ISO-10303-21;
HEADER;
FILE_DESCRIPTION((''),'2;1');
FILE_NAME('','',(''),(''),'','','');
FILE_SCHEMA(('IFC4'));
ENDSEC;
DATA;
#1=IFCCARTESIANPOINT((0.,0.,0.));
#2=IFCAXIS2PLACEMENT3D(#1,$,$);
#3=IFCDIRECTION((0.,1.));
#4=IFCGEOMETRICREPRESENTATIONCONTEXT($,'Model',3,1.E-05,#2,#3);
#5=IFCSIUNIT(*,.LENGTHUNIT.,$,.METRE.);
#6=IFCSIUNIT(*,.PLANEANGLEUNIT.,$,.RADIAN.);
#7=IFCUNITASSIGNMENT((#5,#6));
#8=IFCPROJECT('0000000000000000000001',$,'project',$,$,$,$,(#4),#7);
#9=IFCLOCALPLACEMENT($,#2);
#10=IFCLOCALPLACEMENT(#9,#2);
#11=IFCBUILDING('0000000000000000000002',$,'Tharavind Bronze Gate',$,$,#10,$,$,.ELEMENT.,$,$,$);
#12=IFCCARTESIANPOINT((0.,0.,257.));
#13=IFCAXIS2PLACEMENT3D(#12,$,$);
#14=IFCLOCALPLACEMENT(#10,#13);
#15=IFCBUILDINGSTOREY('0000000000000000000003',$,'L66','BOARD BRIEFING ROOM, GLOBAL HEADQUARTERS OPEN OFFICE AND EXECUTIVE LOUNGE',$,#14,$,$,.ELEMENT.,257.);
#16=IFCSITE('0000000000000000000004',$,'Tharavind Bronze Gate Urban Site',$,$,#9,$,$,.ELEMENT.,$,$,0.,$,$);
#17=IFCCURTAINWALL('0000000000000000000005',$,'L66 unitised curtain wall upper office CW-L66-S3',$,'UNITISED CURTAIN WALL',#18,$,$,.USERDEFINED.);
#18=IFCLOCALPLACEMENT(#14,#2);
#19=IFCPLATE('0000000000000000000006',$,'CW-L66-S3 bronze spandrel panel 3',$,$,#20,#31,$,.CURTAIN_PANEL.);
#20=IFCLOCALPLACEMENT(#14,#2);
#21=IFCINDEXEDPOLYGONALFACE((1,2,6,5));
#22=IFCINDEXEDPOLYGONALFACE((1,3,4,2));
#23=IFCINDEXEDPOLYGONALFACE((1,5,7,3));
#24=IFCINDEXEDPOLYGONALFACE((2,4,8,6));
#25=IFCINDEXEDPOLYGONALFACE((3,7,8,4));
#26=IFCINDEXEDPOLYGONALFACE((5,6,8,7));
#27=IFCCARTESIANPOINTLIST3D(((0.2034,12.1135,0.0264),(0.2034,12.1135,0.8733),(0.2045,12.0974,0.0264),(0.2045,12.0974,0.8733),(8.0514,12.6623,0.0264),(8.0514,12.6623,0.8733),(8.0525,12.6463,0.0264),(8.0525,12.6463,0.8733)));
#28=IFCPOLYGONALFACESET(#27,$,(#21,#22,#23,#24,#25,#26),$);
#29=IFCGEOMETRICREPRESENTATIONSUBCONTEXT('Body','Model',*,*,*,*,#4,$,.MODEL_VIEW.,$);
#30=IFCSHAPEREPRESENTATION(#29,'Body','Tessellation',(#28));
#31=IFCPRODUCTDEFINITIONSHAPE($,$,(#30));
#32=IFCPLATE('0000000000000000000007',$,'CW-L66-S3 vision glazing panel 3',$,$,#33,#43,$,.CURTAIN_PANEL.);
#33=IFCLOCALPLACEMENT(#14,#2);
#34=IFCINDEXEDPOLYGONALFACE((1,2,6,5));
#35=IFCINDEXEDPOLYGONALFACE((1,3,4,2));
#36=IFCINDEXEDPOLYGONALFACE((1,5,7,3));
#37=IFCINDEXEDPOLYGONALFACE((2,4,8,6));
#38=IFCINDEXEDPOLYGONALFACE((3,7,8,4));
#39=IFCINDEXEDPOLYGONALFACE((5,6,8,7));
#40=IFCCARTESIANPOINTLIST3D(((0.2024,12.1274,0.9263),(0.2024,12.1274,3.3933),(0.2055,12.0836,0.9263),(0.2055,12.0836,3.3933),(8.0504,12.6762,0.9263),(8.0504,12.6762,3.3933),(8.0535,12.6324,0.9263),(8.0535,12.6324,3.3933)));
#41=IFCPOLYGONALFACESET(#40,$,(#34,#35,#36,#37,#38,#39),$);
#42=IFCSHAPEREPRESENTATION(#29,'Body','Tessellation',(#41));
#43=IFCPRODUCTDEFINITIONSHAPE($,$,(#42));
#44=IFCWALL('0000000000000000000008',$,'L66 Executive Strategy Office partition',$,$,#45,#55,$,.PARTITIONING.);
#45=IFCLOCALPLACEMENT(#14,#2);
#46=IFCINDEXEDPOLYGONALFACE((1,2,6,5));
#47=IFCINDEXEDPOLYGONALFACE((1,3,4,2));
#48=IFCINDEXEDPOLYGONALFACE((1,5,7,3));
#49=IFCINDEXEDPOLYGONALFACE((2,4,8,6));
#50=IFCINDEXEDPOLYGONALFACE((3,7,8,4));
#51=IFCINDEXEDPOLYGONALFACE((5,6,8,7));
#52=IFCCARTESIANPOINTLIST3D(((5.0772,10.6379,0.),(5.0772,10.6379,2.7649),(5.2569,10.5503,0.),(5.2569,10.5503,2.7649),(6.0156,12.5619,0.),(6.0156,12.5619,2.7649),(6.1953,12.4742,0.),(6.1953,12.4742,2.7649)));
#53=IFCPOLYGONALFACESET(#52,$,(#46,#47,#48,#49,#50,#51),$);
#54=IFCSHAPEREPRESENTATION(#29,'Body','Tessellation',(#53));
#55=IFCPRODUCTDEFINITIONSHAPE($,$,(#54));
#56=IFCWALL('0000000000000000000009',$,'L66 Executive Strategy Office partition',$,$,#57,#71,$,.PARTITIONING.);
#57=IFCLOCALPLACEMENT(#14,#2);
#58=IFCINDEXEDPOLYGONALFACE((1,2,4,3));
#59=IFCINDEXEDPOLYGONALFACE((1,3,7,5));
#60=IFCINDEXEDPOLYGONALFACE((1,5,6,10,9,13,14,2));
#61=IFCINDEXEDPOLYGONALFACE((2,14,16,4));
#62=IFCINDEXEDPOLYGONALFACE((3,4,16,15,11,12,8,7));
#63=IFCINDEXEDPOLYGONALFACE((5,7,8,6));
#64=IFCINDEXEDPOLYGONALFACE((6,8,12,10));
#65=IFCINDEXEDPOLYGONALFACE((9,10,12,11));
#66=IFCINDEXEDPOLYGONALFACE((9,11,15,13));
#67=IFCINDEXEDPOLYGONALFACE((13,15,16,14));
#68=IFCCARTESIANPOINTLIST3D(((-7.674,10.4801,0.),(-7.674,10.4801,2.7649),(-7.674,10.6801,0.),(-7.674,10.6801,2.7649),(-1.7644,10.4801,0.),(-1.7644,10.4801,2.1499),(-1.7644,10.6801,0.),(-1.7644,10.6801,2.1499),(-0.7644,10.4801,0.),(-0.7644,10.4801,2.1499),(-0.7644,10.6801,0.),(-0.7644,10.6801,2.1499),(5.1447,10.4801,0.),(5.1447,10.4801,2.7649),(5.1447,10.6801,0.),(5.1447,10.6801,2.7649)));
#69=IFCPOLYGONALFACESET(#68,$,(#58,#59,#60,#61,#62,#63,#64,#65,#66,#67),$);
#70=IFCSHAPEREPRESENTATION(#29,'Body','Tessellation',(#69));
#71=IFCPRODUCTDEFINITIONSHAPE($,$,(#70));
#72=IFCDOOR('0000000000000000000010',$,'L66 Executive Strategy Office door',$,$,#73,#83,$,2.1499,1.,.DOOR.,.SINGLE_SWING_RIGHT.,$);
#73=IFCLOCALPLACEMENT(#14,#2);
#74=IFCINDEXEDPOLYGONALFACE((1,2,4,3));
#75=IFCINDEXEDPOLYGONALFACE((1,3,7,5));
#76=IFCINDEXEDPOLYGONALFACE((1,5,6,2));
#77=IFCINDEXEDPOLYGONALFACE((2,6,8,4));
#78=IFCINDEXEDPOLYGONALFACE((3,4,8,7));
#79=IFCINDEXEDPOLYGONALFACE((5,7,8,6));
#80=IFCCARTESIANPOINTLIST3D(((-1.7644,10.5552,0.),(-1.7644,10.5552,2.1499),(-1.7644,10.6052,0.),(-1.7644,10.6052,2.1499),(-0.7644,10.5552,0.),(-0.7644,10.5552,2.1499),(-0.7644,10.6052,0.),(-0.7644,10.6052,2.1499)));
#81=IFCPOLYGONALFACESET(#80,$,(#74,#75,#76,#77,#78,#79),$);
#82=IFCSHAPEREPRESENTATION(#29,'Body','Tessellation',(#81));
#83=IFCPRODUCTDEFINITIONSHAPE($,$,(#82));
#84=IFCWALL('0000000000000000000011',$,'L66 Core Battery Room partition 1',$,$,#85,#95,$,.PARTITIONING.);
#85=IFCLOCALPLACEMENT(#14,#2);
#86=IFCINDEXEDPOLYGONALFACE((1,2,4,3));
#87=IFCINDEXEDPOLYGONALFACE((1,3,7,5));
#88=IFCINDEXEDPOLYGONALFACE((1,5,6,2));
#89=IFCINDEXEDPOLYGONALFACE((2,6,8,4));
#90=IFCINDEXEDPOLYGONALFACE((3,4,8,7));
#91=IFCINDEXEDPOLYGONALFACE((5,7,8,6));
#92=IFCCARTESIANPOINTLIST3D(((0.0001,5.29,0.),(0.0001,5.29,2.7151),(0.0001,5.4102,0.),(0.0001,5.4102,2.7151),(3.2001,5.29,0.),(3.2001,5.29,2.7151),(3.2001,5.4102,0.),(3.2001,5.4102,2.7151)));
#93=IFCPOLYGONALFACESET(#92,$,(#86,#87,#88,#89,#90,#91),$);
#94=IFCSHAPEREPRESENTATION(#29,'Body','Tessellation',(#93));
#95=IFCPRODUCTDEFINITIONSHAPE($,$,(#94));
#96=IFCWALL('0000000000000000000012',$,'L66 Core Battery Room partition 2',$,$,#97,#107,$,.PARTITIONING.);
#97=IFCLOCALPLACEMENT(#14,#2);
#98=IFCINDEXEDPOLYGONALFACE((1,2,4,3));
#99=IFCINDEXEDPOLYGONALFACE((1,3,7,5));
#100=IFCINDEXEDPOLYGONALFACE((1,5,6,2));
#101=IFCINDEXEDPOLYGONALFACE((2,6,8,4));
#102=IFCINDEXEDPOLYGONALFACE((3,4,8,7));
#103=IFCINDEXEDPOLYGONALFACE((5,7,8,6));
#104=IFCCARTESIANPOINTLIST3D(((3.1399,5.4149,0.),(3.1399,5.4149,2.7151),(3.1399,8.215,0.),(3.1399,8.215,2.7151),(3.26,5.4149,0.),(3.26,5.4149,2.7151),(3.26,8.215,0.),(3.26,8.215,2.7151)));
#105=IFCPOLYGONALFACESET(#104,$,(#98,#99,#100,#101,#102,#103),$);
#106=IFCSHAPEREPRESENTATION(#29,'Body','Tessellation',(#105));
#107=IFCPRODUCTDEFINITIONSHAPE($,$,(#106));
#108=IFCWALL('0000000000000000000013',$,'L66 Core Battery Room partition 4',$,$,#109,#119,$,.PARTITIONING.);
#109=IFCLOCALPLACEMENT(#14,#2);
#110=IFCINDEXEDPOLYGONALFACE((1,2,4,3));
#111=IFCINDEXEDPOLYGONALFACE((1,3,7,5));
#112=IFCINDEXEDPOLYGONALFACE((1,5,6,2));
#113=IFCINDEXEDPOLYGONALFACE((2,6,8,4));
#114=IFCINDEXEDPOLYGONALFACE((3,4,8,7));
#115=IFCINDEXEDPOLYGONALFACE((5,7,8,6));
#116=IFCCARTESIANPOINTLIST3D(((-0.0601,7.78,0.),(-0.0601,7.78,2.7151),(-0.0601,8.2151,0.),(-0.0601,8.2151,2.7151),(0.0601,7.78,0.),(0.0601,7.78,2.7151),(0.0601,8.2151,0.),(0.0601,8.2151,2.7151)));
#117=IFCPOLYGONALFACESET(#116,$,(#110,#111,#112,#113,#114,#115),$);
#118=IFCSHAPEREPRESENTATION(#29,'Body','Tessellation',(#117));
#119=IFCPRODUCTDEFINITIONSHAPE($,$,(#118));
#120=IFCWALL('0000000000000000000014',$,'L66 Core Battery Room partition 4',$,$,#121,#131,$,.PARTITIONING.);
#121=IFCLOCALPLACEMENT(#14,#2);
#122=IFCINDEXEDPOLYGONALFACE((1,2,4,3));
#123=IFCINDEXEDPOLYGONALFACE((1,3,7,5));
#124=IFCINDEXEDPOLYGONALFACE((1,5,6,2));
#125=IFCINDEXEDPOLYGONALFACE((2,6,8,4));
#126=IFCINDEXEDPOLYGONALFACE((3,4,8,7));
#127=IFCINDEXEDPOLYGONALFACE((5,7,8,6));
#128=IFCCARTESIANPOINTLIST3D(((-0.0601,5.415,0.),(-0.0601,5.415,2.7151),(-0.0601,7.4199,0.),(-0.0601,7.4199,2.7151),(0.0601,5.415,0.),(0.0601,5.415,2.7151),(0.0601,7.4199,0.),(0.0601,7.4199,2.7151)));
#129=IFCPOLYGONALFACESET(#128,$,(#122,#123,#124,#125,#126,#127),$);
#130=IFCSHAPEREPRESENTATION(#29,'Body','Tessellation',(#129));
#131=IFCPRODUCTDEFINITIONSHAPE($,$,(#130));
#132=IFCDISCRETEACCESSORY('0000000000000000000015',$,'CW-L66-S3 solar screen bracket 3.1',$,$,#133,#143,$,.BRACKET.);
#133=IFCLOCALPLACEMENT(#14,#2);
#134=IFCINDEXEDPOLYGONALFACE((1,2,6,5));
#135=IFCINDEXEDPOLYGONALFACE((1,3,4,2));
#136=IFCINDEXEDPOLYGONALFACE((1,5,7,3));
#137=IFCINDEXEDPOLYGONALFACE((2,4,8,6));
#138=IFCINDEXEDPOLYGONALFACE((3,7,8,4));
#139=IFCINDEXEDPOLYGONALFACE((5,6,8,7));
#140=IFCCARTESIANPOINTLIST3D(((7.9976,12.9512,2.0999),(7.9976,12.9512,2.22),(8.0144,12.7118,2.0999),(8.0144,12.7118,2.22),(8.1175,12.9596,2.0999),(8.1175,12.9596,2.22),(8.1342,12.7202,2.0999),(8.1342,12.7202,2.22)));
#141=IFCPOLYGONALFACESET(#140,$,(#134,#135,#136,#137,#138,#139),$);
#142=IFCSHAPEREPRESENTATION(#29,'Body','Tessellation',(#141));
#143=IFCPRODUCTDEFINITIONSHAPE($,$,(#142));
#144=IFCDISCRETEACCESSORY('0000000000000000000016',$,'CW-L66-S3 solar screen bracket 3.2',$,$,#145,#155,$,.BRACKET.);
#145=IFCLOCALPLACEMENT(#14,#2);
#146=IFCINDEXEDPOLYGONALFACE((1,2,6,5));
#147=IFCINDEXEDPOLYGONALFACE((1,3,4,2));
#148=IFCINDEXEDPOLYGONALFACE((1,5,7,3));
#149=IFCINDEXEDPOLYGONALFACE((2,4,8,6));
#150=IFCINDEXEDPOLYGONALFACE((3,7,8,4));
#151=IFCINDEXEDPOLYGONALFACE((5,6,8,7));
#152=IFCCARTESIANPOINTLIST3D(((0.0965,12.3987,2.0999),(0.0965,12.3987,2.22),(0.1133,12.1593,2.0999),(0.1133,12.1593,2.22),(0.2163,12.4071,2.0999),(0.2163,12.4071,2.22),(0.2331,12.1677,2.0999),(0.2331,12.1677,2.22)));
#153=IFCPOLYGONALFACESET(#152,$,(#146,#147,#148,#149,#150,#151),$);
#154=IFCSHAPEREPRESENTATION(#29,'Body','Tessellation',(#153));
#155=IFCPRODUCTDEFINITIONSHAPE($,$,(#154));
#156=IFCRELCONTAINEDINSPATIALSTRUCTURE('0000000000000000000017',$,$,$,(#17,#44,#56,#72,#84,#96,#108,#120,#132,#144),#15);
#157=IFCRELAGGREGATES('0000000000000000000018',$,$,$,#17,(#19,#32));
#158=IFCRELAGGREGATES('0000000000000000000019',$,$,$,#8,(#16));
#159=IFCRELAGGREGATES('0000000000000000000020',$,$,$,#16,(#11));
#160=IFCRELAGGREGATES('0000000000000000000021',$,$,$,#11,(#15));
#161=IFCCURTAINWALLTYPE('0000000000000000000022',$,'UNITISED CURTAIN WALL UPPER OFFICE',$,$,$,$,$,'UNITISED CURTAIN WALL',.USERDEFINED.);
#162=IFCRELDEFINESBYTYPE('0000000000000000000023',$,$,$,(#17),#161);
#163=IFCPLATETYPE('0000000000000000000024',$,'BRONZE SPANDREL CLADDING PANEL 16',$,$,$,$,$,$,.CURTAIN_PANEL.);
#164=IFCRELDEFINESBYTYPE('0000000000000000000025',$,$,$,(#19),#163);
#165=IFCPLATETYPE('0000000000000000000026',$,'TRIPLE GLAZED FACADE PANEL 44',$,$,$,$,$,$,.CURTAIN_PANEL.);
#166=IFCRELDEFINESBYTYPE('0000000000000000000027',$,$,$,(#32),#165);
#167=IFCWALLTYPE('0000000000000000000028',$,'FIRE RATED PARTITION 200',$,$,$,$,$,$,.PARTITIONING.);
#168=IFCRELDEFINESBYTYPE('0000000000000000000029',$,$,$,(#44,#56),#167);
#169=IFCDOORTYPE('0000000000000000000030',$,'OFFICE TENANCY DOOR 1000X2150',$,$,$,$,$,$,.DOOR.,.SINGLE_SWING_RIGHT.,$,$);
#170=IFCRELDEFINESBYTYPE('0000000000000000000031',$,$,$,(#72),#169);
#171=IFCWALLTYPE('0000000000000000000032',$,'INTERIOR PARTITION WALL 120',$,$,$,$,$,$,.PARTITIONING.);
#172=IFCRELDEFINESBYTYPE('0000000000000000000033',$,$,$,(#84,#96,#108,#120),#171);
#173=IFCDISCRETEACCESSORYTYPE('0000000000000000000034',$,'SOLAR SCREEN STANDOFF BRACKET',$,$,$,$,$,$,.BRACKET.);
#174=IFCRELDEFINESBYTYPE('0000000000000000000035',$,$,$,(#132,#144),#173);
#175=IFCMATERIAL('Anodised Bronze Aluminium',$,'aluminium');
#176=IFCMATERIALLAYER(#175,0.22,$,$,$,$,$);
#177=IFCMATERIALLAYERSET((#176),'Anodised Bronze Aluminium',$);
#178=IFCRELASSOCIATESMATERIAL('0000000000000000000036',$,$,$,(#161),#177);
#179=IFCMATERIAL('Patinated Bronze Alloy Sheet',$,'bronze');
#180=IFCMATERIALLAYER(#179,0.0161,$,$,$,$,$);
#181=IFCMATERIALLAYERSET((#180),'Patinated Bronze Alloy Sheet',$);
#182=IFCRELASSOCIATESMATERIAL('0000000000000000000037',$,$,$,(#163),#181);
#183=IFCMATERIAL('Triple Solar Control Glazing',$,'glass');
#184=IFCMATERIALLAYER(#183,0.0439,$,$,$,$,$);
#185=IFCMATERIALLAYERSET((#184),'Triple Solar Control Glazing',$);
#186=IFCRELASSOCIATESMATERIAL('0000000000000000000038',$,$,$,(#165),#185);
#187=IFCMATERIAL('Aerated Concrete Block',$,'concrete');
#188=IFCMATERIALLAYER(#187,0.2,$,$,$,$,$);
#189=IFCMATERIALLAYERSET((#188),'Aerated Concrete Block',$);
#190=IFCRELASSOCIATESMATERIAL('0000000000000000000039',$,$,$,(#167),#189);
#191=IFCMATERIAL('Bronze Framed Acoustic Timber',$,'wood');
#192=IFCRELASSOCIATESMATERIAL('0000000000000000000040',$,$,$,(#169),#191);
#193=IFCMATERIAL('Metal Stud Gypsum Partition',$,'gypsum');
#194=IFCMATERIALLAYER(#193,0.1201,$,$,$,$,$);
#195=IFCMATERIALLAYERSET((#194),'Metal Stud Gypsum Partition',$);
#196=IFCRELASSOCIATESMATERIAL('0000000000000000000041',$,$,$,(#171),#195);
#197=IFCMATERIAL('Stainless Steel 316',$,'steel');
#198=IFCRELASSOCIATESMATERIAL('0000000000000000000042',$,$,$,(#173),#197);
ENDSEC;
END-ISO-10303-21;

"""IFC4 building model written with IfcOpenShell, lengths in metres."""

from ifc_helpers import new_model, si_unit, direction, frame, frame_2d, origin, origin_2d, place, context, subcontext, project, spatial, rectangle, extrude, material, layer, layer_set, type_object, element, fill, aggregate, save


model = new_model("IFC4")

# Units and contexts
model_context = context("Model", 3, precision=1e-05, world=origin(), true_north=direction((0.0, 1.0)))
body_context = subcontext(model_context, "Body", "Model", "MODEL_VIEW")
ifc_project = project(units=[si_unit("LENGTHUNIT", "METRE"), si_unit("PLANEANGLEUNIT", "RADIAN")], contexts=[model_context])

# Site, building, storey
site_placement = place(None, origin())
site = spatial("IfcSite", under=ifc_project, at=site_placement, Name="Tharavind Bronze Gate Urban Site", CompositionType="ELEMENT", RefElevation=0.0)
building_placement = place(site_placement, origin())
building = spatial("IfcBuilding", under=site, at=building_placement, Name="Tharavind Bronze Gate", CompositionType="ELEMENT")
storey_placement = place(building_placement, frame((0.0, 0.0, 257.0)))
storey = spatial("IfcBuildingStorey", under=building, at=storey_placement, Name="L66", Description="BOARD BRIEFING ROOM, GLOBAL HEADQUARTERS OPEN OFFICE AND EXECUTIVE LOUNGE", CompositionType="ELEMENT", Elevation=257.0)

# Curtain wall
ifc_material_1 = material(Name="Anodised Bronze Aluminium", Category="aluminium")
ifc_layer_1 = layer(ifc_material_1, 0.22)
ifc_layer_set_1 = layer_set([ifc_layer_1], Name="Anodised Bronze Aluminium")
curtain_wall_type = type_object("IfcCurtainWallType", Name="UNITISED CURTAIN WALL UPPER OFFICE", ElementType="UNITISED CURTAIN WALL", PredefinedType="USERDEFINED", material=ifc_layer_set_1)
curtain_wall_placement = place(storey_placement, origin())
curtain_wall = element("IfcCurtainWall", 1, at=curtain_wall_placement, inside=storey, type_object=curtain_wall_type, Name="L66 unitised curtain wall upper office CW-L66-S3", ObjectType="UNITISED CURTAIN WALL", PredefinedType="USERDEFINED")

# Plates
ifc_material_2 = material(Name="Patinated Bronze Alloy Sheet", Category="bronze")
ifc_layer_2 = layer(ifc_material_2, 0.0161)
ifc_layer_set_2 = layer_set([ifc_layer_2], Name="Patinated Bronze Alloy Sheet")
plate_type_1 = type_object("IfcPlateType", Name="BRONZE SPANDREL CLADDING PANEL 16", PredefinedType="CURTAIN_PANEL", material=ifc_layer_set_2)
plate_1_placement = place(storey_placement, frame((4.1279, 12.3799, 0.0264), z_axis=(0.0, 0.0, 1.0), x_axis=(-0.997564, -0.06976, 0.0)))
plate_1 = element("IfcPlate", 2, at=plate_1_placement, type_object=plate_type_1, Name="CW-L66-S3 bronze spandrel panel 3", PredefinedType="CURTAIN_PANEL", context=body_context, shape_type="SweptSolid", body=[
    extrude(rectangle(XDim=7.8672, YDim=0.0161, at=origin_2d()), origin(), (0.0, 0.0, 1.0), 0.8469),
])
ifc_material_3 = material(Name="Triple Solar Control Glazing", Category="glass")
ifc_layer_3 = layer(ifc_material_3, 0.0439)
ifc_layer_set_3 = layer_set([ifc_layer_3], Name="Triple Solar Control Glazing")
plate_type_2 = type_object("IfcPlateType", Name="TRIPLE GLAZED FACADE PANEL 44", PredefinedType="CURTAIN_PANEL", material=ifc_layer_set_3)
plate_2_placement = place(storey_placement, frame((4.1279, 12.3799, 0.9263), z_axis=(0.0, 0.0, 1.0), x_axis=(-0.997564, -0.06976, 0.0)))
plate_2 = element("IfcPlate", 3, at=plate_2_placement, type_object=plate_type_2, Name="CW-L66-S3 vision glazing panel 3", PredefinedType="CURTAIN_PANEL", context=body_context, shape_type="SweptSolid", body=[
    extrude(rectangle(XDim=7.8672, YDim=0.0439, at=origin_2d()), origin(), (0.0, 0.0, 1.0), 2.467),
])
aggregate(curtain_wall, [plate_1, plate_2])

# Wall
ifc_material_4 = material(Name="Aerated Concrete Block", Category="concrete")
ifc_layer_4 = layer(ifc_material_4, 0.2)
ifc_layer_set_4 = layer_set([ifc_layer_4], Name="Aerated Concrete Block")
wall_type_1 = type_object("IfcWallType", Name="FIRE RATED PARTITION 200", PredefinedType="PARTITIONING", material=ifc_layer_set_4)
wall_1_placement = place(storey_placement, frame((6.1055, 12.5181, 0.0), z_axis=(0.0, 0.0, 1.0), x_axis=(-0.438388, -0.898786, 0.0)))
element("IfcWall", 4, at=wall_1_placement, inside=storey, type_object=wall_type_1, Name="L66 Executive Strategy Office partition", PredefinedType="PARTITIONING", context=body_context, shape_type="SweptSolid", body=[
    extrude(rectangle(XDim=2.1406, YDim=0.2, at=frame_2d((1.0703, 0.0))), origin(), (0.0, 0.0, 1.0), 2.7649),
])

# Wall, opening, door
wall_2_placement = place(storey_placement, frame((5.1445, 10.5801, 0.0), z_axis=(0.0, 0.0, 1.0), x_axis=(-1.0, 0.0, 0.0)))
wall_2 = element("IfcWall", 5, at=wall_2_placement, inside=storey, type_object=wall_type_1, Name="L66 Executive Strategy Office partition", PredefinedType="PARTITIONING", context=body_context, shape_type="SweptSolid", body=[
    extrude(rectangle(XDim=12.8186, YDim=0.2, at=frame_2d((6.4092, 0.0))), origin(), (0.0, 0.0, 1.0), 2.7649),
])
opening_placement = place(wall_2_placement, frame((5.9089, 0.0, 0.0)))
opening = element("IfcOpeningElement", 6, at=opening_placement, cuts=wall_2, PredefinedType="OPENING", context=body_context, shape_type="SweptSolid", body=[
    extrude(rectangle(XDim=1.0, YDim=2.1499, at=frame_2d((0.5, 1.075))), frame((0.0, 0.1101, 0.0), z_axis=(0.0, -1.0, 0.0), x_axis=(1.0, 0.0, 0.0)), (0.0, 0.0, 1.0), 0.22),
])
ifc_material_5 = material(Name="Bronze Framed Acoustic Timber", Category="wood")
door_type = type_object("IfcDoorType", Name="OFFICE TENANCY DOOR 1000X2150", OperationType="SINGLE_SWING_RIGHT", PredefinedType="DOOR", material=ifc_material_5)
door_placement = place(opening_placement, origin())
door = element("IfcDoor", 7, at=door_placement, inside=storey, type_object=door_type, Name="L66 Executive Strategy Office door", OperationType="SINGLE_SWING_RIGHT", OverallHeight=2.1499, OverallWidth=1.0, PredefinedType="DOOR", context=body_context, shape_type="SweptSolid", body=[
    extrude(rectangle(XDim=1.0, YDim=2.1499, at=frame_2d((0.5, 1.075))), frame((0.0, 0.0249, 0.0), z_axis=(0.0, -1.0, 0.0), x_axis=(1.0, 0.0, 0.0)), (0.0, 0.0, 1.0), 0.05),
])
fill(opening, door)

# Walls
ifc_material_6 = material(Name="Metal Stud Gypsum Partition", Category="gypsum")
ifc_layer_5 = layer(ifc_material_6, 0.1201)
ifc_layer_set_5 = layer_set([ifc_layer_5], Name="Metal Stud Gypsum Partition")
wall_type_2 = type_object("IfcWallType", Name="INTERIOR PARTITION WALL 120", PredefinedType="PARTITIONING", material=ifc_layer_set_5)
wall_3_placement = place(storey_placement, frame((0.0, 5.3501, 0.0), z_axis=(0.0, 0.0, 1.0), x_axis=(1.0, 0.0, 0.0)))
element("IfcWall", 8, at=wall_3_placement, inside=storey, type_object=wall_type_2, Name="L66 Core Battery Room partition 1", PredefinedType="PARTITIONING", context=body_context, shape_type="SweptSolid", body=[
    extrude(rectangle(XDim=3.2, YDim=0.1201, at=frame_2d((1.6001, 0.0))), origin(), (0.0, 0.0, 1.0), 2.7151),
])
wall_4_placement = place(storey_placement, frame((3.2, 5.415, 0.0), z_axis=(0.0, 0.0, 1.0), x_axis=(0.0, 1.0, 0.0)))
element("IfcWall", 9, at=wall_4_placement, inside=storey, type_object=wall_type_2, Name="L66 Core Battery Room partition 2", PredefinedType="PARTITIONING", context=body_context, shape_type="SweptSolid", body=[
    extrude(rectangle(XDim=2.8, YDim=0.1201, at=frame_2d((1.3999, 0.0))), origin(), (0.0, 0.0, 1.0), 2.7151),
])
wall_5_placement = place(storey_placement, frame((0.0, 8.2151, 0.0), z_axis=(0.0, 0.0, 1.0), x_axis=(0.0, -1.0, 0.0)))
element("IfcWall", 10, at=wall_5_placement, inside=storey, type_object=wall_type_2, Name="L66 Core Battery Room partition 4", PredefinedType="PARTITIONING", context=body_context, shape_type="SweptSolid", body=[
    extrude(rectangle(XDim=0.4351, YDim=0.1201, at=frame_2d((0.2175, 0.0))), origin(), (0.0, 0.0, 1.0), 2.7151),
])
wall_6_placement = place(storey_placement, frame((0.0, 7.4199, 0.0), z_axis=(0.0, 0.0, 1.0), x_axis=(0.0, -1.0, 0.0)))
element("IfcWall", 11, at=wall_6_placement, inside=storey, type_object=wall_type_2, Name="L66 Core Battery Room partition 4", PredefinedType="PARTITIONING", context=body_context, shape_type="SweptSolid", body=[
    extrude(rectangle(XDim=2.0049, YDim=0.1201, at=frame_2d((1.0024, 0.0))), origin(), (0.0, 0.0, 1.0), 2.7151),
])

# Discrete accessories
ifc_material_7 = material(Name="Stainless Steel 316", Category="steel")
discrete_accessory_type = type_object("IfcDiscreteAccessoryType", Name="SOLAR SCREEN STANDOFF BRACKET", PredefinedType="BRACKET", material=ifc_material_7)
for number, where, z_axis, x_axis, name in (
    (12, (8.0659, 12.8357, 2.0999), (0.0, 0.0, 1.0), (-0.997564, -0.06976, 0.0), "CW-L66-S3 solar screen bracket 3.1"),
    (13, (0.1648, 12.2832, 2.0999), (0.0, 0.0, 1.0), (-0.997564, -0.06976, 0.0), "CW-L66-S3 solar screen bracket 3.2"),
):
    element("IfcDiscreteAccessory", number, at=place(storey_placement, frame(where, z_axis=z_axis, x_axis=x_axis)), inside=storey, type_object=discrete_accessory_type, Name=name, PredefinedType="BRACKET", context=body_context, shape_type="SweptSolid", body=[
        extrude(rectangle(XDim=0.1201, YDim=0.24, at=origin_2d()), origin(), (0.0, 0.0, 1.0), 0.1201),
    ])

save(model, "model.ifc")
